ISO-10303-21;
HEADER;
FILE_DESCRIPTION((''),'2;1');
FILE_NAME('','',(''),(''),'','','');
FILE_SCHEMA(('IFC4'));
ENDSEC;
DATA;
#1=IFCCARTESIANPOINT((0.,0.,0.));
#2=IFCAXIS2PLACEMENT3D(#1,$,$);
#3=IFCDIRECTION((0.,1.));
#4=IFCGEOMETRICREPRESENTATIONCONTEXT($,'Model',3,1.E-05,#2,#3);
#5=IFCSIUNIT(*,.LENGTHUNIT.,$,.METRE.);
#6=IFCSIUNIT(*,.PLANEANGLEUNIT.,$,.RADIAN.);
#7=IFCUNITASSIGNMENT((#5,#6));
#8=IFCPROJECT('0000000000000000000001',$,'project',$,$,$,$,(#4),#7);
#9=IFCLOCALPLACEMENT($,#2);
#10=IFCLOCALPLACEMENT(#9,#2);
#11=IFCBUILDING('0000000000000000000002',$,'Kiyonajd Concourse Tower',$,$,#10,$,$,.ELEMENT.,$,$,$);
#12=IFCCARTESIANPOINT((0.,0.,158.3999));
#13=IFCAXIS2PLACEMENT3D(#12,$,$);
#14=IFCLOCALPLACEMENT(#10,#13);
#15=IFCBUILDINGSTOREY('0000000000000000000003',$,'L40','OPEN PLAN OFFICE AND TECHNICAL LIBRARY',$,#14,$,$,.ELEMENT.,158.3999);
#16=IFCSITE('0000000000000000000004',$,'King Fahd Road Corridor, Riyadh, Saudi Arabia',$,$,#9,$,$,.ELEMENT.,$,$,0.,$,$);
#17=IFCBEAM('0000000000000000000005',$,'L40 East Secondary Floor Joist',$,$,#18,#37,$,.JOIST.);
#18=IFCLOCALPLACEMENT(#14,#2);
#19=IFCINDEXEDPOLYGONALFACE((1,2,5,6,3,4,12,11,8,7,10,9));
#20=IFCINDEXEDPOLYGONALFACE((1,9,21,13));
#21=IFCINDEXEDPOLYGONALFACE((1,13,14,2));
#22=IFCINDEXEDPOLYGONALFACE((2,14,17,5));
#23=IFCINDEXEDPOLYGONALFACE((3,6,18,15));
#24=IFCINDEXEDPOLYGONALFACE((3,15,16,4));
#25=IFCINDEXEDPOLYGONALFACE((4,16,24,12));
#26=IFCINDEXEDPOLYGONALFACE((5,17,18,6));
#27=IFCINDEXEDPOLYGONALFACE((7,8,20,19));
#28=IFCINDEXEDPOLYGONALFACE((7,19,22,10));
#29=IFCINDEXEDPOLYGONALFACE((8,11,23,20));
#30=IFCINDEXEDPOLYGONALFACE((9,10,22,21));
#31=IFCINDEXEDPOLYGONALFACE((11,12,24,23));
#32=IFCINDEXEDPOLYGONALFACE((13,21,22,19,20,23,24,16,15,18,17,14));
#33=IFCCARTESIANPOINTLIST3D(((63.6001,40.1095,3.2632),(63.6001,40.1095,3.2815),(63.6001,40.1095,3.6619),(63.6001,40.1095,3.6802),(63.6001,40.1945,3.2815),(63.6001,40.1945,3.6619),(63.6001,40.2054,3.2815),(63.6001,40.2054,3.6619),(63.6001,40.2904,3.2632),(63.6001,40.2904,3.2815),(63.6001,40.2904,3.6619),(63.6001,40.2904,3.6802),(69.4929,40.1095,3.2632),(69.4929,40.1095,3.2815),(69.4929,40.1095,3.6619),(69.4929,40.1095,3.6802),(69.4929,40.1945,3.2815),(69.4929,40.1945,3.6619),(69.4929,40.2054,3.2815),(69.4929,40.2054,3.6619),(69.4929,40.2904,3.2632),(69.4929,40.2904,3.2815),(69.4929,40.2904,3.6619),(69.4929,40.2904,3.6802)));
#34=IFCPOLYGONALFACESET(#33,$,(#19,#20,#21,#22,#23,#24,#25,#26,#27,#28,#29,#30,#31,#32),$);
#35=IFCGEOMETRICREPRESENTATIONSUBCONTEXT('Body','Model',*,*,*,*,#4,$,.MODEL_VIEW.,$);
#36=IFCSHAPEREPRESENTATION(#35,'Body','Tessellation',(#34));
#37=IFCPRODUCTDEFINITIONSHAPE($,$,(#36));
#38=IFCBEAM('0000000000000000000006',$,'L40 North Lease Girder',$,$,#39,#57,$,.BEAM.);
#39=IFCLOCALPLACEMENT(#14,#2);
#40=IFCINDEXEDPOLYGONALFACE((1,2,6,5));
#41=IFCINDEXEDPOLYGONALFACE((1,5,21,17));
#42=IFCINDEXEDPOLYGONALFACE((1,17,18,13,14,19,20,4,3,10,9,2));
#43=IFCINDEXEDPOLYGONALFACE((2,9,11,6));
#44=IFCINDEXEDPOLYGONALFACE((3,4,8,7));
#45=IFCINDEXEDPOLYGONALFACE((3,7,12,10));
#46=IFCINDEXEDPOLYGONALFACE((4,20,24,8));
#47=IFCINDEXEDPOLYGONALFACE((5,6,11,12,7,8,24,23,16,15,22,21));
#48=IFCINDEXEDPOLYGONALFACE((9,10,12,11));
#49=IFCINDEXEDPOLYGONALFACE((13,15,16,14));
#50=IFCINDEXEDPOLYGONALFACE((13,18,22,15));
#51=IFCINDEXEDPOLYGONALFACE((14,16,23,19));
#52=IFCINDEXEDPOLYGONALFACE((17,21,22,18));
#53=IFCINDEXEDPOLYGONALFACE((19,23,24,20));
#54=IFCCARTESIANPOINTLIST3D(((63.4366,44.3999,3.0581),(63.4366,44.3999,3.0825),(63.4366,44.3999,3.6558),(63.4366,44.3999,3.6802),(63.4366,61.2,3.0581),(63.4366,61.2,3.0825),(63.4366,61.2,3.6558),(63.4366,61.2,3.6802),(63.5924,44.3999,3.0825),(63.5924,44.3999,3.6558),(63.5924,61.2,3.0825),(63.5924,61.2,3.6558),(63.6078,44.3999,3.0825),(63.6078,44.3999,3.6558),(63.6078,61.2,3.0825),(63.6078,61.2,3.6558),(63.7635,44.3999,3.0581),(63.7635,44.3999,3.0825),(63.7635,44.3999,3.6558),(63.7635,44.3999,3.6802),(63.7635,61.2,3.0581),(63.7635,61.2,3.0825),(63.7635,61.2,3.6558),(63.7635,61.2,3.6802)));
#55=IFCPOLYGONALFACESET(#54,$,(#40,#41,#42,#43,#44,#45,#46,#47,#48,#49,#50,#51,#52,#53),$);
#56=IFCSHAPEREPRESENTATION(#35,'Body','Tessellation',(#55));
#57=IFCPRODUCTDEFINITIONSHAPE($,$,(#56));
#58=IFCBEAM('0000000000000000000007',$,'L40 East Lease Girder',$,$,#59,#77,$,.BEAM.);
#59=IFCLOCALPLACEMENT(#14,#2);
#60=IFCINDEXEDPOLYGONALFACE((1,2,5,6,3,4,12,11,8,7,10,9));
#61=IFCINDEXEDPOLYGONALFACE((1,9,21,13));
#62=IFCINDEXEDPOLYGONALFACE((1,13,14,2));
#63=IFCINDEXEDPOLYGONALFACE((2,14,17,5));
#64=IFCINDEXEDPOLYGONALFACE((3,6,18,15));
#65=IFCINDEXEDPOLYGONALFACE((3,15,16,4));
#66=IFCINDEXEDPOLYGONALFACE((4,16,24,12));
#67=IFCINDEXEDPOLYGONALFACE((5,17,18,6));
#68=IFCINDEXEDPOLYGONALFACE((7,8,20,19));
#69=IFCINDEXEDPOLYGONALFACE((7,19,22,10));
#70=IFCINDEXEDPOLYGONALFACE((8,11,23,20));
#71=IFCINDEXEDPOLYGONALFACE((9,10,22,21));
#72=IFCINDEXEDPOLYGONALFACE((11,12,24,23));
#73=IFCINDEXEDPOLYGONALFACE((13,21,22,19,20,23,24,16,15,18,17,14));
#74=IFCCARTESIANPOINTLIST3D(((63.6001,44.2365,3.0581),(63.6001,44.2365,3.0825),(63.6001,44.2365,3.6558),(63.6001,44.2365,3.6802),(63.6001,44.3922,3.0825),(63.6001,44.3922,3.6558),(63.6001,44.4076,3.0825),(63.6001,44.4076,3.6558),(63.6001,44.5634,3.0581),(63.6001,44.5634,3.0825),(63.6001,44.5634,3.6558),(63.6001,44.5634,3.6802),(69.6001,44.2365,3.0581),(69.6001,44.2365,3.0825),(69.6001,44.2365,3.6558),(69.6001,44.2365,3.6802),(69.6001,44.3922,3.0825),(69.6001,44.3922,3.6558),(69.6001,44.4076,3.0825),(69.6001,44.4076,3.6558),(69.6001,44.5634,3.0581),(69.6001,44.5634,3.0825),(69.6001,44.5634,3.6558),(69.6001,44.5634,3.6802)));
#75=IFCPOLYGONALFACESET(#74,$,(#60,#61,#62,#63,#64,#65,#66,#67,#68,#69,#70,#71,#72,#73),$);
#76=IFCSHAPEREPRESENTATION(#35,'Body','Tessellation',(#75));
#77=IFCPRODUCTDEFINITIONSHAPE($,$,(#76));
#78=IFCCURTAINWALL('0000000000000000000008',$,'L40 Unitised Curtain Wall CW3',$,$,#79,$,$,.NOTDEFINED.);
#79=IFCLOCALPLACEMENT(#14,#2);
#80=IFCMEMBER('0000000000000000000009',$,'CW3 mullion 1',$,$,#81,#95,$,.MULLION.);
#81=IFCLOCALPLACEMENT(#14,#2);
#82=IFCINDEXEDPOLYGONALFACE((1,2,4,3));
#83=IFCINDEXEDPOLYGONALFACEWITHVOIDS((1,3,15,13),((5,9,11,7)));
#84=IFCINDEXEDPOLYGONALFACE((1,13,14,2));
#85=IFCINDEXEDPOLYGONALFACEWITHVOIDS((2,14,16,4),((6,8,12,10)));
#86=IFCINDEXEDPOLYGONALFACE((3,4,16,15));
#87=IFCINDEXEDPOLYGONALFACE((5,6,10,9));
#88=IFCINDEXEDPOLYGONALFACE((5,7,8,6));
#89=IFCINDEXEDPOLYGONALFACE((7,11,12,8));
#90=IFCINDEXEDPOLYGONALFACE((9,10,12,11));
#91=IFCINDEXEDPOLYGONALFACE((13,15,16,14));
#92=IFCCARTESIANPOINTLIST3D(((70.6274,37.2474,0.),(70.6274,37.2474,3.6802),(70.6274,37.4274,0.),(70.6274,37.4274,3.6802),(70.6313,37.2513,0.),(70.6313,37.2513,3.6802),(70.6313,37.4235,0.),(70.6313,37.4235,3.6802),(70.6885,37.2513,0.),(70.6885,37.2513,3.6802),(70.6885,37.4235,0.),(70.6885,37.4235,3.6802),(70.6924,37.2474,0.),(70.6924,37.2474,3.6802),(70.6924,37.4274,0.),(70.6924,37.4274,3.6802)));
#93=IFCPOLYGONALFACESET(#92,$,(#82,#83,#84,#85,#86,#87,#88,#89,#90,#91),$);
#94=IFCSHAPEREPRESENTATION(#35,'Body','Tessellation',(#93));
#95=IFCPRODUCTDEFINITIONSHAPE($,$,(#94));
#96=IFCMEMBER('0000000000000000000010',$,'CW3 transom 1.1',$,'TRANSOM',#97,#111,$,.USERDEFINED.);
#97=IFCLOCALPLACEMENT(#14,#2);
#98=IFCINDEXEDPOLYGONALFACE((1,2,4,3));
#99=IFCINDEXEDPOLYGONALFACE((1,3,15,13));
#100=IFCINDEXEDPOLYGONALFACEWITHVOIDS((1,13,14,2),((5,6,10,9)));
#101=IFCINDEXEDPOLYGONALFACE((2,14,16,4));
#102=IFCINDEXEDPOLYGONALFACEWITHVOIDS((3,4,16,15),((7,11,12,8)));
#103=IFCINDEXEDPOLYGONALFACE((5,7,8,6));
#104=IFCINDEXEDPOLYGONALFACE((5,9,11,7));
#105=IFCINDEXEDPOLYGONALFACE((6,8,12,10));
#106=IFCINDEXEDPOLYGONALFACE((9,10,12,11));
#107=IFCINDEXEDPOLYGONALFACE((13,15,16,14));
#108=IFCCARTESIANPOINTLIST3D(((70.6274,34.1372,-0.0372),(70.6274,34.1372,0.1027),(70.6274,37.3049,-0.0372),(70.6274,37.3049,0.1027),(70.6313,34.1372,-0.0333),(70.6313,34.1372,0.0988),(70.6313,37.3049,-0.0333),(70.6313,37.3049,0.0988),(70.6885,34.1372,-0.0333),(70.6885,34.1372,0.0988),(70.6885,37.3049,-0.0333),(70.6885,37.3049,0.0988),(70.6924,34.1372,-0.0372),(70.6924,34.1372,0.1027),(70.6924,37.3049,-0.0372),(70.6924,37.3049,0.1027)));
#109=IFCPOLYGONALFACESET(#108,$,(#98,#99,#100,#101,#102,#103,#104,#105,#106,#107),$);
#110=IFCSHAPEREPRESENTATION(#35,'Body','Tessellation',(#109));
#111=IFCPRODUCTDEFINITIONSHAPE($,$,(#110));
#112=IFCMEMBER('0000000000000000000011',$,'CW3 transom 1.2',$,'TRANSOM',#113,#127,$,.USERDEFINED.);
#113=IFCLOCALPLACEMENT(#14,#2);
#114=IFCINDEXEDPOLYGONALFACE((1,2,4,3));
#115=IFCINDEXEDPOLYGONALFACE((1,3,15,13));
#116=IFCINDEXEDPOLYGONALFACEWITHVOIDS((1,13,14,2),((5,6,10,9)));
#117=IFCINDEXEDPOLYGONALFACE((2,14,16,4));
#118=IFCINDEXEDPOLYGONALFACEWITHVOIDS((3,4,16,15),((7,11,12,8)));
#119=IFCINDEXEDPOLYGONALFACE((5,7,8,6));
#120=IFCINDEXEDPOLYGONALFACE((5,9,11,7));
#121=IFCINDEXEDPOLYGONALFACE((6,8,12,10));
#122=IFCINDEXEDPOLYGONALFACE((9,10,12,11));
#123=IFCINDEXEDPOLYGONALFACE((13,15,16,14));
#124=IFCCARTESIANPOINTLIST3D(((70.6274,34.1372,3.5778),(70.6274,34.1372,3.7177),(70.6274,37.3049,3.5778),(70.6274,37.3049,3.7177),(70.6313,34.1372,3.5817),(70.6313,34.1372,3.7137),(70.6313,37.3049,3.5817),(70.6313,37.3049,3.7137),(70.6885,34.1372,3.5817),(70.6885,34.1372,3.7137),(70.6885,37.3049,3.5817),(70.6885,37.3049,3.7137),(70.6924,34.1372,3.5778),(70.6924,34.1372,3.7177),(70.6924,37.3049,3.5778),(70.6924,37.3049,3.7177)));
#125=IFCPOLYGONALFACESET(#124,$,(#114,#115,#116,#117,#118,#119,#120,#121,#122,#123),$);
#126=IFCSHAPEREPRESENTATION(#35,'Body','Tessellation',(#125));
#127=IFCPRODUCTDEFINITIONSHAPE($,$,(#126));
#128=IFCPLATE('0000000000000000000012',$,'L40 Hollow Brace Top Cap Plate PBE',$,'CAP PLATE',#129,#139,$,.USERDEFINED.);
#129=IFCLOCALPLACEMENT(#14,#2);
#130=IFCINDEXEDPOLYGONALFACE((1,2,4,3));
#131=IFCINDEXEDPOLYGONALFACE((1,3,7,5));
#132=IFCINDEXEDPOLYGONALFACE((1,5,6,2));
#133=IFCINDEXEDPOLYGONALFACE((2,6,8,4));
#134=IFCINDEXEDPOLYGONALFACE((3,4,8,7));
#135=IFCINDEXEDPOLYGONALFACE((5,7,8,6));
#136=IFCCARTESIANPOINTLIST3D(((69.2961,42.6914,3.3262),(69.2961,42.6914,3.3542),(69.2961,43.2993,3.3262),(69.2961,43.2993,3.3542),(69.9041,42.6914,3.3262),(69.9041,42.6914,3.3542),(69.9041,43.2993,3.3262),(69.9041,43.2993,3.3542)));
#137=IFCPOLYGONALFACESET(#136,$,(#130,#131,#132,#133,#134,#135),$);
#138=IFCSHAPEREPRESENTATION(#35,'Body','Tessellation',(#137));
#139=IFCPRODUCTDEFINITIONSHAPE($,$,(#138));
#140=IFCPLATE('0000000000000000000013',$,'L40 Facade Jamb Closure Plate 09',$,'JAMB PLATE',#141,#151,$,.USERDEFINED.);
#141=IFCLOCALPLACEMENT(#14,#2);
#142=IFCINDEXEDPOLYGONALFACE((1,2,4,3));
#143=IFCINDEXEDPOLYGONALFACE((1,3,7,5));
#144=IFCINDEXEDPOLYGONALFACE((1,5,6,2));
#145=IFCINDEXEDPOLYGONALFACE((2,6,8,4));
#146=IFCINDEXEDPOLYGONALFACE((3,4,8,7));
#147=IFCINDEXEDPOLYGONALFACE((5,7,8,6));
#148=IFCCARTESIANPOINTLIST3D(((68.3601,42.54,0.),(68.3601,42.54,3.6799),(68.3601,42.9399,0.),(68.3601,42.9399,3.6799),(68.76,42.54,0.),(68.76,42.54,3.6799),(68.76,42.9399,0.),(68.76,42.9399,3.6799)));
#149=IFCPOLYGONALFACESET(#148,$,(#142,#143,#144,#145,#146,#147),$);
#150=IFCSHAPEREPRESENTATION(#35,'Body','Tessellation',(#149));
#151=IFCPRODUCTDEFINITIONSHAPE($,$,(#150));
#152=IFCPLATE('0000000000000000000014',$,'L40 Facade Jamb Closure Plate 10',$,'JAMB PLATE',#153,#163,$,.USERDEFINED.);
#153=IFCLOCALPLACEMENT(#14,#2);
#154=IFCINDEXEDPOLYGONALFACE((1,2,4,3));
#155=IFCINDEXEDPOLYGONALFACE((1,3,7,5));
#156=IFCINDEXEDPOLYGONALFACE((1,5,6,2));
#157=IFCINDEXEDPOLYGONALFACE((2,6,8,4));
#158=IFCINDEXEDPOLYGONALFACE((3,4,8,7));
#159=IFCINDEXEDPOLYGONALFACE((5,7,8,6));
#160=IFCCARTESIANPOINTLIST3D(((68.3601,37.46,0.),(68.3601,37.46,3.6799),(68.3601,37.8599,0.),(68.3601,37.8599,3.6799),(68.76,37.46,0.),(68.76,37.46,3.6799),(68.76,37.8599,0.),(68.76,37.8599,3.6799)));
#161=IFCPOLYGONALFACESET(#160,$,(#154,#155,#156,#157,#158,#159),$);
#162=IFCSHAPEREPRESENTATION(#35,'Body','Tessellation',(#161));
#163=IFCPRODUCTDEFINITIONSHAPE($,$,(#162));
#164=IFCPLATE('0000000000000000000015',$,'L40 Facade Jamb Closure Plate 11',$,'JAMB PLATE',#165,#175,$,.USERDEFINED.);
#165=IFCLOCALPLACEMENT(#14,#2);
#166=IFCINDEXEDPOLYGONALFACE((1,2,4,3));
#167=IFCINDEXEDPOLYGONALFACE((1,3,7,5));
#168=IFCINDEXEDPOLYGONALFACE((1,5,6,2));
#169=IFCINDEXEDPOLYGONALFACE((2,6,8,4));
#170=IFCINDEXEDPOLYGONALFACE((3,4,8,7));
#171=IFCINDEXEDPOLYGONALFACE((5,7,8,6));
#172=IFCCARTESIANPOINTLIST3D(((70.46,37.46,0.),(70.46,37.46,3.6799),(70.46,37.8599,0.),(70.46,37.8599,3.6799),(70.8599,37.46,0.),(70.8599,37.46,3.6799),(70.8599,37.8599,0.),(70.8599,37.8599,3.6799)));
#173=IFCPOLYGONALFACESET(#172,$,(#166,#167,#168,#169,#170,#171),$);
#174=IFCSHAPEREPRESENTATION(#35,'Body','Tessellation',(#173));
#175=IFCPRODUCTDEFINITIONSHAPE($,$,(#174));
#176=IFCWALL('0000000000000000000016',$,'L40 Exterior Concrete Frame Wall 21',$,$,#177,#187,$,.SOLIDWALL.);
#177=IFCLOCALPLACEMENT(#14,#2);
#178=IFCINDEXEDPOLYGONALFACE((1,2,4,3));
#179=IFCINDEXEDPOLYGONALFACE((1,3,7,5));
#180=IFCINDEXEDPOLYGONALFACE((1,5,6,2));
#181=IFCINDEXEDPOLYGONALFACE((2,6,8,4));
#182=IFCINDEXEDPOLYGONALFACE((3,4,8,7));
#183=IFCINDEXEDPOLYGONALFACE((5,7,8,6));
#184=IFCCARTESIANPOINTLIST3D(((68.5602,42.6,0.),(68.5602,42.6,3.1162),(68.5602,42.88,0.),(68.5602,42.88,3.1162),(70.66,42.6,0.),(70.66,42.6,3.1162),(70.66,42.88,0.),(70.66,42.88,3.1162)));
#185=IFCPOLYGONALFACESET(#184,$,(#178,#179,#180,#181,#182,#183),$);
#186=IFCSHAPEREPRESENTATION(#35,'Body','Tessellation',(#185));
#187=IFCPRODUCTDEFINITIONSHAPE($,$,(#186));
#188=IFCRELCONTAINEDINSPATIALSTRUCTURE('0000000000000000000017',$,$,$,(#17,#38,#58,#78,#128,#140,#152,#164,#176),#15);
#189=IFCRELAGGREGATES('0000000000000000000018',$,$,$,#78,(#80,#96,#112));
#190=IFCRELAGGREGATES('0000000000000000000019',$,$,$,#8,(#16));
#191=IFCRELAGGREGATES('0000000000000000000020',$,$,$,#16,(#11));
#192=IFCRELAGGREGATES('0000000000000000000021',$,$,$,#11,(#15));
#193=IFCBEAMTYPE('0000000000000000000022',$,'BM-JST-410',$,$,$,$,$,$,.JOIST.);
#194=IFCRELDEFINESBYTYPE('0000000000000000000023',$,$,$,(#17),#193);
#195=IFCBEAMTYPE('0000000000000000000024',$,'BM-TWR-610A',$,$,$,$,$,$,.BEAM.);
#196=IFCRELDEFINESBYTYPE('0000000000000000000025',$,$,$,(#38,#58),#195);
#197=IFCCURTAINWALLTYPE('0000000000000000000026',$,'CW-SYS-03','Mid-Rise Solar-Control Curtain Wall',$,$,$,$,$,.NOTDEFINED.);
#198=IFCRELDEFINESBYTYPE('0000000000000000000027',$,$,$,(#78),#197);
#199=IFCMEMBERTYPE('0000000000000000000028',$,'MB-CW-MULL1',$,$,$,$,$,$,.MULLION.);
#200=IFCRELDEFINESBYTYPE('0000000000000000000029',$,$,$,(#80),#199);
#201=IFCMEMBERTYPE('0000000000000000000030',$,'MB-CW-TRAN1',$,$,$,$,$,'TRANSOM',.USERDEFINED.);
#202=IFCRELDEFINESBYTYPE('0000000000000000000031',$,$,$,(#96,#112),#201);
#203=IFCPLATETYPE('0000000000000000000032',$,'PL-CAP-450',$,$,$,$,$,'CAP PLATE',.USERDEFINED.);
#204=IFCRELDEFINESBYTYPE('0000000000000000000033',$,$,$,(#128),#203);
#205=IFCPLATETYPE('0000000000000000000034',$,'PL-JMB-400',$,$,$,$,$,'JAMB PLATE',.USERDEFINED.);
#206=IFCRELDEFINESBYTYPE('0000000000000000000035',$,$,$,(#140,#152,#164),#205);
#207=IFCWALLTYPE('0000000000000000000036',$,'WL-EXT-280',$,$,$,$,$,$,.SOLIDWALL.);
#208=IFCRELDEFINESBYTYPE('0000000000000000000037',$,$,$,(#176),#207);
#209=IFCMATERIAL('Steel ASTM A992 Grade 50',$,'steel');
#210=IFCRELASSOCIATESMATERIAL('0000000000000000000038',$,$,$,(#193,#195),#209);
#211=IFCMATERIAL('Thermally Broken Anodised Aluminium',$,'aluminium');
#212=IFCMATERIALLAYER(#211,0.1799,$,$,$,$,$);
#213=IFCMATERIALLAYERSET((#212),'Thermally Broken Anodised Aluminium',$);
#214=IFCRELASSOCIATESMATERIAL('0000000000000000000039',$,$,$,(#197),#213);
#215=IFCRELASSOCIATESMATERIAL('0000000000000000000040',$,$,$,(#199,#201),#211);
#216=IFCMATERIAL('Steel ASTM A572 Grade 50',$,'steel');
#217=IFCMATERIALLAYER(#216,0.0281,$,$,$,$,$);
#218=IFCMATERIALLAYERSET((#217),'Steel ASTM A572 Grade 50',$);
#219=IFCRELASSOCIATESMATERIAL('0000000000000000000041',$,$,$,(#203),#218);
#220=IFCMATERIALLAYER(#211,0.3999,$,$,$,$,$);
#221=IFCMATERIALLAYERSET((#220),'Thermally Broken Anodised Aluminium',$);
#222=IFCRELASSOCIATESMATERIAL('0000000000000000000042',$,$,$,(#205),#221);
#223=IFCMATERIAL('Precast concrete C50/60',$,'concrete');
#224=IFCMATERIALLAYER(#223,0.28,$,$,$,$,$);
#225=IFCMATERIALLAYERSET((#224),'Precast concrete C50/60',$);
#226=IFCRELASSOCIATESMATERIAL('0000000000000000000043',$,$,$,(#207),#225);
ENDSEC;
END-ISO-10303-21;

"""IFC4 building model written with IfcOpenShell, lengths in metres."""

from ifc_helpers import new_model, si_unit, direction, frame, frame_2d, origin, origin_2d, place, context, subcontext, project, spatial, rectangle, hollow_rectangle, i_section, extrude, material, layer, layer_set, material_profile, profile_set, type_object, element, aggregate, save


model = new_model("IFC4")

# Units and contexts
model_context = context("Model", 3, precision=1e-05, world=origin(), true_north=direction((0.0, 1.0)))
body_context = subcontext(model_context, "Body", "Model", "MODEL_VIEW")
ifc_project = project(units=[si_unit("LENGTHUNIT", "METRE"), si_unit("PLANEANGLEUNIT", "RADIAN")], contexts=[model_context])

# Site, building, storey
site_placement = place(None, origin())
site = spatial("IfcSite", under=ifc_project, at=site_placement, Name="King Fahd Road Corridor, Riyadh, Saudi Arabia", CompositionType="ELEMENT", RefElevation=0.0)
building_placement = place(site_placement, origin())
building = spatial("IfcBuilding", under=site, at=building_placement, Name="Kiyonajd Concourse Tower", CompositionType="ELEMENT")
storey_placement = place(building_placement, frame((0.0, 0.0, 158.3999)))
storey = spatial("IfcBuildingStorey", under=building, at=storey_placement, Name="L40", Description="OPEN PLAN OFFICE AND TECHNICAL LIBRARY", CompositionType="ELEMENT", Elevation=158.3999)

# Beams
ifc_material_1 = material(Name="Steel ASTM A992 Grade 50", Category="steel")
ifc_material_profile_1 = material_profile(ifc_material_1, i_section(OverallWidth=0.1809, OverallDepth=0.417, WebThickness=0.011, FlangeThickness=0.0183, at=origin_2d()), Name="W410X85")
ifc_profile_set_1 = profile_set([ifc_material_profile_1], Name="Steel ASTM A992 Grade 50")
beam_type_1 = type_object("IfcBeamType", Name="BM-JST-410", PredefinedType="JOIST", material=ifc_profile_set_1)
beam_1_placement = place(storey_placement, frame((63.6001, 40.2, 3.4717), z_axis=(1.0, 0.0, 0.0), x_axis=(0.0, 1.0, 0.0)))
element("IfcBeam", 1, at=beam_1_placement, inside=storey, type_object=beam_type_1, Name="L40 East Secondary Floor Joist", PredefinedType="JOIST", context=body_context, shape_type="SweptSolid", body=[
    extrude(i_section(OverallWidth=0.1809, OverallDepth=0.417, WebThickness=0.011, FlangeThickness=0.0183, at=origin_2d()), origin(), (0.0, 0.0, 1.0), 5.8928),
])
ifc_material_profile_2 = material_profile(ifc_material_1, i_section(OverallWidth=0.3269, OverallDepth=0.6221, WebThickness=0.0154, FlangeThickness=0.0244, at=origin_2d()), Name="W610X195")
ifc_profile_set_2 = profile_set([ifc_material_profile_2], Name="Steel ASTM A992 Grade 50")
beam_type_2 = type_object("IfcBeamType", Name="BM-TWR-610A", PredefinedType="BEAM", material=ifc_profile_set_2)
beam_2_placement = place(storey_placement, frame((63.6001, 44.3999, 3.3691), z_axis=(0.0, 1.0, 0.0), x_axis=(-1.0, 0.0, 0.0)))
element("IfcBeam", 2, at=beam_2_placement, inside=storey, type_object=beam_type_2, Name="L40 North Lease Girder", PredefinedType="BEAM", context=body_context, shape_type="SweptSolid", body=[
    extrude(i_section(OverallWidth=0.3269, OverallDepth=0.6221, WebThickness=0.0154, FlangeThickness=0.0244, at=origin_2d()), origin(), (0.0, 0.0, 1.0), 16.8),
])
beam_3_placement = place(storey_placement, frame((63.6001, 44.3999, 3.3691), z_axis=(1.0, 0.0, 0.0), x_axis=(0.0, 1.0, 0.0)))
element("IfcBeam", 3, at=beam_3_placement, inside=storey, type_object=beam_type_2, Name="L40 East Lease Girder", PredefinedType="BEAM", context=body_context, shape_type="SweptSolid", body=[
    extrude(i_section(OverallWidth=0.3269, OverallDepth=0.6221, WebThickness=0.0154, FlangeThickness=0.0244, at=origin_2d()), origin(), (0.0, 0.0, 1.0), 6.0),
])

# Curtain wall, members
ifc_material_2 = material(Name="Thermally Broken Anodised Aluminium", Category="aluminium")
ifc_layer_1 = layer(ifc_material_2, 0.1799)
ifc_layer_set_1 = layer_set([ifc_layer_1], Name="Thermally Broken Anodised Aluminium")
curtain_wall_type = type_object("IfcCurtainWallType", Name="CW-SYS-03", Description="Mid-Rise Solar-Control Curtain Wall", PredefinedType="NOTDEFINED", material=ifc_layer_set_1)
curtain_wall_placement = place(storey_placement, origin())
curtain_wall = element("IfcCurtainWall", 4, at=curtain_wall_placement, inside=storey, type_object=curtain_wall_type, Name="L40 Unitised Curtain Wall CW3", PredefinedType="NOTDEFINED")
ifc_material_profile_3 = material_profile(ifc_material_2, hollow_rectangle(XDim=0.0649, YDim=0.1799, WallThickness=0.0039, at=origin_2d()), Name="MULL-65x180")
ifc_profile_set_3 = profile_set([ifc_material_profile_3], Name="Thermally Broken Anodised Aluminium")
member_type_1 = type_object("IfcMemberType", Name="MB-CW-MULL1", PredefinedType="MULLION", material=ifc_profile_set_3)
member_1_placement = place(storey_placement, frame((70.6599, 37.3374, 0.0), z_axis=(0.0, 0.0, 1.0), x_axis=(1.0, 0.0, 0.0)))
member_1 = element("IfcMember", 5, at=member_1_placement, type_object=member_type_1, Name="CW3 mullion 1", PredefinedType="MULLION", context=body_context, shape_type="SweptSolid", body=[
    extrude(hollow_rectangle(XDim=0.0649, YDim=0.1799, WallThickness=0.0039, at=origin_2d()), origin(), (0.0, 0.0, 1.0), 3.6802),
])
ifc_material_profile_4 = material_profile(ifc_material_2, hollow_rectangle(XDim=0.0649, YDim=0.1399, WallThickness=0.0039, at=origin_2d()), Name="TRAN-65x140")
ifc_profile_set_4 = profile_set([ifc_material_profile_4], Name="Thermally Broken Anodised Aluminium")
member_type_2 = type_object("IfcMemberType", Name="MB-CW-TRAN1", ElementType="TRANSOM", PredefinedType="USERDEFINED", material=ifc_profile_set_4)
member_2_placement = place(storey_placement, frame((70.6599, 37.3049, 0.0327), z_axis=(0.0, -1.0, 0.0), x_axis=(1.0, 0.0, 0.0)))
member_2 = element("IfcMember", 6, at=member_2_placement, type_object=member_type_2, Name="CW3 transom 1.1", ObjectType="TRANSOM", PredefinedType="USERDEFINED", context=body_context, shape_type="SweptSolid", body=[
    extrude(hollow_rectangle(XDim=0.0649, YDim=0.1399, WallThickness=0.0039, at=origin_2d()), origin(), (0.0, 0.0, 1.0), 3.1677),
])
member_3_placement = place(storey_placement, frame((70.6599, 37.3049, 3.6477), z_axis=(0.0, -1.0, 0.0), x_axis=(1.0, 0.0, 0.0)))
member_3 = element("IfcMember", 7, at=member_3_placement, type_object=member_type_2, Name="CW3 transom 1.2", ObjectType="TRANSOM", PredefinedType="USERDEFINED", context=body_context, shape_type="SweptSolid", body=[
    extrude(hollow_rectangle(XDim=0.0649, YDim=0.1399, WallThickness=0.0039, at=origin_2d()), origin(), (0.0, 0.0, 1.0), 3.1677),
])
aggregate(curtain_wall, [member_1, member_2, member_3])

# Plates
ifc_material_3 = material(Name="Steel ASTM A572 Grade 50", Category="steel")
ifc_layer_2 = layer(ifc_material_3, 0.0281)
ifc_layer_set_2 = layer_set([ifc_layer_2], Name="Steel ASTM A572 Grade 50")
plate_type_1 = type_object("IfcPlateType", Name="PL-CAP-450", ElementType="CAP PLATE", PredefinedType="USERDEFINED", material=ifc_layer_set_2)
plate_placement = place(storey_placement, frame((69.6001, 42.9954, 3.3262), z_axis=(0.0, 0.0, 1.0), x_axis=(1.0, 0.0, 0.0)))
element("IfcPlate", 8, at=plate_placement, inside=storey, type_object=plate_type_1, Name="L40 Hollow Brace Top Cap Plate PBE", ObjectType="CAP PLATE", PredefinedType="USERDEFINED", context=body_context, shape_type="SweptSolid", body=[
    extrude(rectangle(XDim=0.6079, YDim=0.6079, at=origin_2d()), origin(), (0.0, 0.0, 1.0), 0.0281),
])
ifc_layer_3 = layer(ifc_material_2, 0.3999)
ifc_layer_set_3 = layer_set([ifc_layer_3], Name="Thermally Broken Anodised Aluminium")
plate_type_2 = type_object("IfcPlateType", Name="PL-JMB-400", ElementType="JAMB PLATE", PredefinedType="USERDEFINED", material=ifc_layer_set_3)
for number, where, z_axis, x_axis, name in (
    (9, (68.5601, 42.74, 0.0), (0.0, 0.0, 1.0), (1.0, 0.0, 0.0), "L40 Facade Jamb Closure Plate 09"),
    (10, (68.5601, 37.6599, 0.0), (0.0, 0.0, 1.0), (1.0, 0.0, 0.0), "L40 Facade Jamb Closure Plate 10"),
    (11, (70.6599, 37.6599, 0.0), (0.0, 0.0, 1.0), (1.0, 0.0, 0.0), "L40 Facade Jamb Closure Plate 11"),
):
    element("IfcPlate", number, at=place(storey_placement, frame(where, z_axis=z_axis, x_axis=x_axis)), inside=storey, type_object=plate_type_2, Name=name, ObjectType="JAMB PLATE", PredefinedType="USERDEFINED", context=body_context, shape_type="SweptSolid", body=[
        extrude(rectangle(XDim=0.3999, YDim=0.3999, at=origin_2d()), origin(), (0.0, 0.0, 1.0), 3.6799),
    ])

# Wall
ifc_material_4 = material(Name="Precast concrete C50/60", Category="concrete")
ifc_layer_4 = layer(ifc_material_4, 0.28)
ifc_layer_set_4 = layer_set([ifc_layer_4], Name="Precast concrete C50/60")
wall_type_1 = type_object("IfcWallType", Name="WL-EXT-280", PredefinedType="SOLIDWALL", material=ifc_layer_set_4)
for number, where, z_axis, x_axis, name in (
    (12, (70.6599, 42.74, 0.0), (0.0, 0.0, 1.0), (-1.0, 0.0, 0.0), "L40 Exterior Concrete Frame Wall 21"),
):
    element("IfcWall", number, at=place(storey_placement, frame(where, z_axis=z_axis, x_axis=x_axis)), inside=storey, type_object=wall_type_1, Name=name, PredefinedType="SOLIDWALL", context=body_context, shape_type="SweptSolid", body=[
        extrude(rectangle(XDim=2.0999, YDim=0.28, at=frame_2d((1.0498, 0.0))), origin(), (0.0, 0.0, 1.0), 3.1162),
    ])

save(model, "model.ifc")
